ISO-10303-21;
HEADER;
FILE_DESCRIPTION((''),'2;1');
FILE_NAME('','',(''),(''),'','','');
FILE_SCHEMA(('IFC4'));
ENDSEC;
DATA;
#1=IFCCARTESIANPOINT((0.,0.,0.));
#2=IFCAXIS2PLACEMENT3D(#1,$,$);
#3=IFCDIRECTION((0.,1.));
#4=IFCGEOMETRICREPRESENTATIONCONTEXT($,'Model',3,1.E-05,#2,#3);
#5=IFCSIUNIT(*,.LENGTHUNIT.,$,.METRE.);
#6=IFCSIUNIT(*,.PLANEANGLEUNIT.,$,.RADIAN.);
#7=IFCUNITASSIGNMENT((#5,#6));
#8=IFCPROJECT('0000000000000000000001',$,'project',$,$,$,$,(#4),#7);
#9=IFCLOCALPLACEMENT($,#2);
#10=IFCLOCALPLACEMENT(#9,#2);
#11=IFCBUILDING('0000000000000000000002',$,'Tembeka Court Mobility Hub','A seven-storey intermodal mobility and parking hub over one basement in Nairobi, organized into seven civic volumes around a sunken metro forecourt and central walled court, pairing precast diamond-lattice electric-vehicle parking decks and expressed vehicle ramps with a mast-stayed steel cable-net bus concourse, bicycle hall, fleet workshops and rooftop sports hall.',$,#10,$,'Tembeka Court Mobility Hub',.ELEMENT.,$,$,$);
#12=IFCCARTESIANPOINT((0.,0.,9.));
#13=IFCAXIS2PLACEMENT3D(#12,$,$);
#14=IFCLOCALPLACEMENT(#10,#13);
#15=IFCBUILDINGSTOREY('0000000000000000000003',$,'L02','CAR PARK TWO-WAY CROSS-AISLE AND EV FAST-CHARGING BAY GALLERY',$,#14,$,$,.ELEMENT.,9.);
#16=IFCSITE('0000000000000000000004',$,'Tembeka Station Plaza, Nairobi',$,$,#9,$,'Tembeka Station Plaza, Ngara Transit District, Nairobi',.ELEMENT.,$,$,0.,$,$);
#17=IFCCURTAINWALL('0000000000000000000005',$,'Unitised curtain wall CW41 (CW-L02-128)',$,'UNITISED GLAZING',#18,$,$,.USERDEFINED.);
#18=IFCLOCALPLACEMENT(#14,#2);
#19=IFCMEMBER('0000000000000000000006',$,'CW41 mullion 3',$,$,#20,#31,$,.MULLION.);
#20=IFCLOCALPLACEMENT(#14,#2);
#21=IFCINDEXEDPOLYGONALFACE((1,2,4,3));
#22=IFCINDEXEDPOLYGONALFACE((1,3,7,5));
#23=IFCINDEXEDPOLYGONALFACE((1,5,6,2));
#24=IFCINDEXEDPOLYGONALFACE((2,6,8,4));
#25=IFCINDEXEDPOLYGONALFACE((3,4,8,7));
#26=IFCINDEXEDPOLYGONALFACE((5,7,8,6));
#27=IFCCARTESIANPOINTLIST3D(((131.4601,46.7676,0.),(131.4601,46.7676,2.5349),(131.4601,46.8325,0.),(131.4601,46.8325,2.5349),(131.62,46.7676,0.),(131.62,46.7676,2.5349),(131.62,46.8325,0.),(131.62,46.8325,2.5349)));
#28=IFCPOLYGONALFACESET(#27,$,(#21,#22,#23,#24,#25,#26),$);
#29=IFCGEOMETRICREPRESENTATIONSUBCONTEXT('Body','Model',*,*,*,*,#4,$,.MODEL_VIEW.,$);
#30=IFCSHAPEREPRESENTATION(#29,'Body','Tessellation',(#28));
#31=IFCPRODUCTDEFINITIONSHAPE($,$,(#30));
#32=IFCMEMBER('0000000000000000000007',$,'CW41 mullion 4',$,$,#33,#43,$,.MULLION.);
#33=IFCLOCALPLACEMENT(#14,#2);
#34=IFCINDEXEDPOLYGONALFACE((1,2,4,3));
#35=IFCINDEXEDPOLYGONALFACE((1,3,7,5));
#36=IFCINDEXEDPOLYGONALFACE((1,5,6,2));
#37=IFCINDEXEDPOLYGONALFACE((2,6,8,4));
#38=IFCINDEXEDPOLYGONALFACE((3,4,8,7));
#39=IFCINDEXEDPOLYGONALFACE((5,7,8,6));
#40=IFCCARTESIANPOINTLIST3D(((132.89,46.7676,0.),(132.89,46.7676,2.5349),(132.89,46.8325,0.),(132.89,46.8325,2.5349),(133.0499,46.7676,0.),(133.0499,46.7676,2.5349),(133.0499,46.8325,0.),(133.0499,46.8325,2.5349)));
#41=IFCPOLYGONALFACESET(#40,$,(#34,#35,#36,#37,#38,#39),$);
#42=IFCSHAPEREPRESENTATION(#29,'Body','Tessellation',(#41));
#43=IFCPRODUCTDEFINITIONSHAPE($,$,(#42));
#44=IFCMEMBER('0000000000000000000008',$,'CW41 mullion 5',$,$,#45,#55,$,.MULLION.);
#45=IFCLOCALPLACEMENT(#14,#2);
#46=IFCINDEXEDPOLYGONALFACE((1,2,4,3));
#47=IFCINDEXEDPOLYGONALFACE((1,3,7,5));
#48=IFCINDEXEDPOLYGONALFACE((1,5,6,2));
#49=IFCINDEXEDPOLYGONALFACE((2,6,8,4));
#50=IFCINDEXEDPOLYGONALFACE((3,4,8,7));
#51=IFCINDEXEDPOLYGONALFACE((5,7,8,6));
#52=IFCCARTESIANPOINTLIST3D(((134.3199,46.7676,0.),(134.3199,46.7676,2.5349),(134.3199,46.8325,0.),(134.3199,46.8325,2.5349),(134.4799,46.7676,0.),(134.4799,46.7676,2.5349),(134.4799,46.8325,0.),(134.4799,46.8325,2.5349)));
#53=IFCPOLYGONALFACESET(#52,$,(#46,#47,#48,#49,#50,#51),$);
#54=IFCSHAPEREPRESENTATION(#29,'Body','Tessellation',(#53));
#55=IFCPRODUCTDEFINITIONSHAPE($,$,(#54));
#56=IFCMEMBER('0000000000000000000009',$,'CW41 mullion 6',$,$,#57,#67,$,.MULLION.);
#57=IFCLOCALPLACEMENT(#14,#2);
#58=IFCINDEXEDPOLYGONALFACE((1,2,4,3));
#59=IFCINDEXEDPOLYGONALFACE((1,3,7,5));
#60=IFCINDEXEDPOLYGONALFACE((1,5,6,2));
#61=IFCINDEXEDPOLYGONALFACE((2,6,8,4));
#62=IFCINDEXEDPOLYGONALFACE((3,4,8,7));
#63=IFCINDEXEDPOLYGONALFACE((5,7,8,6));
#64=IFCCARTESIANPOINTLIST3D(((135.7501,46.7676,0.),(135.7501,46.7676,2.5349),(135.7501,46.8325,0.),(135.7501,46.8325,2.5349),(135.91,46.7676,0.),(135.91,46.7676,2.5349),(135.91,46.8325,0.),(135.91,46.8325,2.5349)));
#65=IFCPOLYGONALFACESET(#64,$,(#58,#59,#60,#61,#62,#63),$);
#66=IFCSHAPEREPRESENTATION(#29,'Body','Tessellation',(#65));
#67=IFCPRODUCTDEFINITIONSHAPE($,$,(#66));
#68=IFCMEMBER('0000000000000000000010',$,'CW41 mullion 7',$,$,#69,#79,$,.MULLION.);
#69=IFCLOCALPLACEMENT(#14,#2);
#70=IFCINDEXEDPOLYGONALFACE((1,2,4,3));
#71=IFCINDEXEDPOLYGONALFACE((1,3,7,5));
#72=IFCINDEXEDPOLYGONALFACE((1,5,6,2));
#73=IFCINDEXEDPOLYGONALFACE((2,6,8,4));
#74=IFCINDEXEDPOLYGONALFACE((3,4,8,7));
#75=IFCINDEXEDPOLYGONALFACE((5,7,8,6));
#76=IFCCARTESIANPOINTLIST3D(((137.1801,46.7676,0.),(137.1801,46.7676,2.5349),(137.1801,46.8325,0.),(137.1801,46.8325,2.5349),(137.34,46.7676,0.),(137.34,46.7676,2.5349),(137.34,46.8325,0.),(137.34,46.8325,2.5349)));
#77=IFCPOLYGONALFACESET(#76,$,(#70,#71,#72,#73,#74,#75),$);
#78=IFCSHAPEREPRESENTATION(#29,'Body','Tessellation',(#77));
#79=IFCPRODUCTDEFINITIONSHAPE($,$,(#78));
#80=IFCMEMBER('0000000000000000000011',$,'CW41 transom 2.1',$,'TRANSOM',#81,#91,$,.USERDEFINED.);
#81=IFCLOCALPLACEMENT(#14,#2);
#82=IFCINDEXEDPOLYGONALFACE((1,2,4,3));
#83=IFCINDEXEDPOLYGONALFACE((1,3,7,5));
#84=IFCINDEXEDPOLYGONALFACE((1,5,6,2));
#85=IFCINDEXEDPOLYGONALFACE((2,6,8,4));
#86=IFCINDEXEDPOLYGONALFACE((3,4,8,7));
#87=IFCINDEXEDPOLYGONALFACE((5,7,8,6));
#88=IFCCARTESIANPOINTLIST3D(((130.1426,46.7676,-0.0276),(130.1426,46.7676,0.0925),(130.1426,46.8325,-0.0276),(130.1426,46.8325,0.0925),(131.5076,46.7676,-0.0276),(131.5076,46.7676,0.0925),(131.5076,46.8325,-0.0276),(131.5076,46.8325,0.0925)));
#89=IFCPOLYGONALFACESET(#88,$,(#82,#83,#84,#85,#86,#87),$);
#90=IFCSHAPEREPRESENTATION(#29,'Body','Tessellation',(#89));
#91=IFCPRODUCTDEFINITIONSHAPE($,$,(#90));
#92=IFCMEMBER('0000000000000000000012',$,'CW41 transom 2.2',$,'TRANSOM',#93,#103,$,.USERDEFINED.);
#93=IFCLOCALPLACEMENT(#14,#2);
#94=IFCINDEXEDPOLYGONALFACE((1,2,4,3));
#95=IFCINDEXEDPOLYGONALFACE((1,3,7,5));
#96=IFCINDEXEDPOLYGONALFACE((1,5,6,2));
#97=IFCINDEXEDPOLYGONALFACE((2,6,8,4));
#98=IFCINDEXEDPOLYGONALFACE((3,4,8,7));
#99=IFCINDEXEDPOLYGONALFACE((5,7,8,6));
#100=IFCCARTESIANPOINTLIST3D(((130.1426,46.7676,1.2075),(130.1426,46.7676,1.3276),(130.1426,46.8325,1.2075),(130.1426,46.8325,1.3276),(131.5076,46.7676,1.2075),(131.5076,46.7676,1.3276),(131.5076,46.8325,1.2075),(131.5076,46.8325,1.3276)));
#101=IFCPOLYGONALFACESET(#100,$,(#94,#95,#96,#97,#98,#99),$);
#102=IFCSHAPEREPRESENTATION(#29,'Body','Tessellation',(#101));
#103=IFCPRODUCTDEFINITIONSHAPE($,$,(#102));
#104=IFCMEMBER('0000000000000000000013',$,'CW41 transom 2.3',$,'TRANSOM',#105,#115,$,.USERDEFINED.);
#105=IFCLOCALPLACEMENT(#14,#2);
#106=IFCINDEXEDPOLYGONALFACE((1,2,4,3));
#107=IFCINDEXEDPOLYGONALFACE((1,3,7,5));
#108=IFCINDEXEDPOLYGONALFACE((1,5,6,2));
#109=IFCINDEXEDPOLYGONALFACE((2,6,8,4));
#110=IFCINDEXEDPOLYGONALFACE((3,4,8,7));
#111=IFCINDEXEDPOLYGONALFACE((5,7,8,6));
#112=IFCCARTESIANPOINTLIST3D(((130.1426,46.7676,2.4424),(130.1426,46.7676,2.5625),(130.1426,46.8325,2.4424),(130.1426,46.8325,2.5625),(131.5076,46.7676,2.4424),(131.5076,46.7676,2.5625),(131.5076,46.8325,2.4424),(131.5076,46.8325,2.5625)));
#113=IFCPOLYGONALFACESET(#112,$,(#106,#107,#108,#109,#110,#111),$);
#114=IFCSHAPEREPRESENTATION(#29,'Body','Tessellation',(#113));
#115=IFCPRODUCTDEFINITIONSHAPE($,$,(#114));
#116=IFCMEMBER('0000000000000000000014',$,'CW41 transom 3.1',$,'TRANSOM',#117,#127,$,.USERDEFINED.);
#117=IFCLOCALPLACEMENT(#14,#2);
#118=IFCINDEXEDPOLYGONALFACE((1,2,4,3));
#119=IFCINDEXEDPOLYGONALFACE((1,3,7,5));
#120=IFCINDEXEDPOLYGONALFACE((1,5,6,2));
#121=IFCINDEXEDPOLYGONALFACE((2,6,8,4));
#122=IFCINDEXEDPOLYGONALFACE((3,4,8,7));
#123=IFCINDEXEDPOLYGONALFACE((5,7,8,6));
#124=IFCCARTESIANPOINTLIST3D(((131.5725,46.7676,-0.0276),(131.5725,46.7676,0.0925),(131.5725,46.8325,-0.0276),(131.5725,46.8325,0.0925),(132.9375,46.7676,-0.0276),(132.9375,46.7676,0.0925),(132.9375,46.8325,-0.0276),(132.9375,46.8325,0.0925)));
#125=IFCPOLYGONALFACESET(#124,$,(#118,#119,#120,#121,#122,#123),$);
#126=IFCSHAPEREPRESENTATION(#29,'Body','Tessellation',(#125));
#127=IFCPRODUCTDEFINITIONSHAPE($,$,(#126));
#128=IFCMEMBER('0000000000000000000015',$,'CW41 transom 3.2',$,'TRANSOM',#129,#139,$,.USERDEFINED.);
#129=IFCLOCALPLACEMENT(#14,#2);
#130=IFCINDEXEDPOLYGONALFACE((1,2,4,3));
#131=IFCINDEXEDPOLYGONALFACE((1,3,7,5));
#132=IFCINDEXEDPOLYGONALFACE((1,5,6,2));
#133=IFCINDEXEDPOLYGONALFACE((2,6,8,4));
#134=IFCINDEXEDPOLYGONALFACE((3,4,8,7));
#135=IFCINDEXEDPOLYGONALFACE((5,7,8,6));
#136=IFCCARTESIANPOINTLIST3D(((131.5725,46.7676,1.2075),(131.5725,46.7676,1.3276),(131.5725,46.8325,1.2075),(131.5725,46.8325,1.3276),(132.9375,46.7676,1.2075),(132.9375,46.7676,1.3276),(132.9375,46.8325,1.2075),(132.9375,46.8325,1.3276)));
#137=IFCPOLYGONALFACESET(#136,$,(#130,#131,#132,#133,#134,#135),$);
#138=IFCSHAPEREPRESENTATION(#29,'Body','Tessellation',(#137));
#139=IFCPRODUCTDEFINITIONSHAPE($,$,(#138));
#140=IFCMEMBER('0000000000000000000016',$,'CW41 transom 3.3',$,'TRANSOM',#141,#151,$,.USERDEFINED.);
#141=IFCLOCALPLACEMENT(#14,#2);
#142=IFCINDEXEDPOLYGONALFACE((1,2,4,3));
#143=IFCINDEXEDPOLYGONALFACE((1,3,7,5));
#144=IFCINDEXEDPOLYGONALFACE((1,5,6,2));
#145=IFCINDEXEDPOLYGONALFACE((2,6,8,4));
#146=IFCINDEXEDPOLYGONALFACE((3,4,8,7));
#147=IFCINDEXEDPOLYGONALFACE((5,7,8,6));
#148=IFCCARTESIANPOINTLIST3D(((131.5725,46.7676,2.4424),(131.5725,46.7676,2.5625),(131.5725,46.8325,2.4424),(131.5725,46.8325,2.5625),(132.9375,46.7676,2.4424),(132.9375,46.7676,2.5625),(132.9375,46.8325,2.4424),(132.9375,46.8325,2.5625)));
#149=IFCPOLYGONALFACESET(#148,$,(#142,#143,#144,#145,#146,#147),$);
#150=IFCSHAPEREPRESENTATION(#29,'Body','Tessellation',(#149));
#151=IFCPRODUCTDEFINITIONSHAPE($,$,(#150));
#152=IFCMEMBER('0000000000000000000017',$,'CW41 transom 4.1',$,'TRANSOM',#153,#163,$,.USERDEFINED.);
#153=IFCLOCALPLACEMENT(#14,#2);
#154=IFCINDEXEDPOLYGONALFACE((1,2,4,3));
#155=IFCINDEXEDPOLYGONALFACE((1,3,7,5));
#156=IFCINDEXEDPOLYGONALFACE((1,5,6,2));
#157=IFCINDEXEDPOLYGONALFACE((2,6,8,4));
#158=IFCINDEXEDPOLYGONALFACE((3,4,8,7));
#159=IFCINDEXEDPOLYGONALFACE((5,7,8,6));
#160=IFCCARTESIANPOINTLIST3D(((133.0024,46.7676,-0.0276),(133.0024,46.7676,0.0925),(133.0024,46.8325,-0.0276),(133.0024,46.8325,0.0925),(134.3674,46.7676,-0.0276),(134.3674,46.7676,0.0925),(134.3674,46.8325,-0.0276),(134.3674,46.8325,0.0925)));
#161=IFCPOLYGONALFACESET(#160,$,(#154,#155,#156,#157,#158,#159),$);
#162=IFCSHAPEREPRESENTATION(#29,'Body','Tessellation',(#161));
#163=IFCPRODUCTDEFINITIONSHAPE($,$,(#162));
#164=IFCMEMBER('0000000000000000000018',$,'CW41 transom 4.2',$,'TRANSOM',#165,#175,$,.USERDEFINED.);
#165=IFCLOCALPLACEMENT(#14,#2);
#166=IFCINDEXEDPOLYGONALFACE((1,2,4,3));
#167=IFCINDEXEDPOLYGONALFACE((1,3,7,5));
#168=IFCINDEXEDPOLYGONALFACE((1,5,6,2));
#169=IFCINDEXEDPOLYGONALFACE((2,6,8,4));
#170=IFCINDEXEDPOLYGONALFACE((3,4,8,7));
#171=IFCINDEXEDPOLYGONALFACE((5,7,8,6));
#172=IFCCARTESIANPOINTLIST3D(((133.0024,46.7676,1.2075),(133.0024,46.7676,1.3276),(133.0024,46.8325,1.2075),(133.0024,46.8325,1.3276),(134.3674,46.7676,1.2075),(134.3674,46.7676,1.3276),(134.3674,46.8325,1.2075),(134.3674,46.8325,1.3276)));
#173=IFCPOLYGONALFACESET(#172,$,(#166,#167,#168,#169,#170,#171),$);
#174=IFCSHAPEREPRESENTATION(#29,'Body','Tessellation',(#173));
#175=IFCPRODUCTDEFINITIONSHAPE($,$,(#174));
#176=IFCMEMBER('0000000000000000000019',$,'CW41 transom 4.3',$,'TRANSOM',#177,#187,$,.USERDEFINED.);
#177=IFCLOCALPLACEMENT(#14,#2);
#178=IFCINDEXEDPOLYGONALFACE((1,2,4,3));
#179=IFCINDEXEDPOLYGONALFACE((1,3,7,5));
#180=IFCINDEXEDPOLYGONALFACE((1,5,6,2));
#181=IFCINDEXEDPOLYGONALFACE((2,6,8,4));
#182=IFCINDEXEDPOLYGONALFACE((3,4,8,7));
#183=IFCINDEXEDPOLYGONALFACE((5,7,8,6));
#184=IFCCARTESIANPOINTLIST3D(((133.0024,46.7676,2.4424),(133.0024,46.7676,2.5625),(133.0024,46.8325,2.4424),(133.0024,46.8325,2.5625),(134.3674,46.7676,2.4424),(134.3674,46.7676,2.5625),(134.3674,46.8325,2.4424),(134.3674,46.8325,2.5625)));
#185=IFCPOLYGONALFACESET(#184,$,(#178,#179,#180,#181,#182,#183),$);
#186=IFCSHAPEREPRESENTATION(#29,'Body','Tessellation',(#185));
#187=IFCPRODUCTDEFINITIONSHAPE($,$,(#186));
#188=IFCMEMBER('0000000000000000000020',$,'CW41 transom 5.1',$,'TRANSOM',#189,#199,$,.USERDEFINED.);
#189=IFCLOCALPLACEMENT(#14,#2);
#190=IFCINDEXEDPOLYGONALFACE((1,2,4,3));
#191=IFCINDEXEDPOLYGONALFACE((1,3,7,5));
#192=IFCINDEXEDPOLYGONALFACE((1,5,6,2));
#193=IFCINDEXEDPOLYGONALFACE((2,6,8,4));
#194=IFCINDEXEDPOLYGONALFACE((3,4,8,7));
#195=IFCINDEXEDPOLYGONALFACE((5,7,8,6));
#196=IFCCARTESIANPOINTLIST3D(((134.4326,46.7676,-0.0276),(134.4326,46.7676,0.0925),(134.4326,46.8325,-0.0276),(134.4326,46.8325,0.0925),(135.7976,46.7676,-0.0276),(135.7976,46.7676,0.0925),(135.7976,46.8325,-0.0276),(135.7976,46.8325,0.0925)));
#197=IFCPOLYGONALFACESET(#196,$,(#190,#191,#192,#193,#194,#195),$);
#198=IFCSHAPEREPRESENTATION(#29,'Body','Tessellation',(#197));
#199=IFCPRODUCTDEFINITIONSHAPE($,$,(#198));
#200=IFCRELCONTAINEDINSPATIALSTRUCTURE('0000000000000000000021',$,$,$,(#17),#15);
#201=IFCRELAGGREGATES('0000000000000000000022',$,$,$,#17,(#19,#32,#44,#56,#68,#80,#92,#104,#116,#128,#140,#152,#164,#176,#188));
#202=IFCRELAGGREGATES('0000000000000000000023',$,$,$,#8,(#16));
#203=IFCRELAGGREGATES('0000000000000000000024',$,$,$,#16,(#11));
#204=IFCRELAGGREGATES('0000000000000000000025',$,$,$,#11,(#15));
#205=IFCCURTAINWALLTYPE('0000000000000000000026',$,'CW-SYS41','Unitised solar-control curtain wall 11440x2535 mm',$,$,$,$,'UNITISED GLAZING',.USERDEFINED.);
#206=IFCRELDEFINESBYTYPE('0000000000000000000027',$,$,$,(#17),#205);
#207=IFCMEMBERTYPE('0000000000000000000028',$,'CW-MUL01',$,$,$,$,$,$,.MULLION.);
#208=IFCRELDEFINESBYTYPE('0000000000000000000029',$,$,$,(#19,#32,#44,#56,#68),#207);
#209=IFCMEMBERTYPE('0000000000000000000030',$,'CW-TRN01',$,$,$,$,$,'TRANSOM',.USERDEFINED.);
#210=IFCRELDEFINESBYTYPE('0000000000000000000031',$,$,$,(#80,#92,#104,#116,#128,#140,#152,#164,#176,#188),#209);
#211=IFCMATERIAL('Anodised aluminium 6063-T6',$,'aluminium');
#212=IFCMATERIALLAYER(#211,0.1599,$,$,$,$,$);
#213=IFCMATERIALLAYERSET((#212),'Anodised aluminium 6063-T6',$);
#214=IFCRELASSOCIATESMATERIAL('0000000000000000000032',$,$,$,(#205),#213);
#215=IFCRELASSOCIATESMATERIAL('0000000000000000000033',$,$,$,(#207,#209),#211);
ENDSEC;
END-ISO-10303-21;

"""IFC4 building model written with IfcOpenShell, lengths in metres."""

from ifc_helpers import new_model, si_unit, direction, frame, origin, origin_2d, place, context, subcontext, project, spatial, rectangle, extrude, material, layer, layer_set, material_profile, profile_set, type_object, element, aggregate, save


model = new_model("IFC4")

# Units and contexts
model_context = context("Model", 3, precision=1e-05, world=origin(), true_north=direction((0.0, 1.0)))
body_context = subcontext(model_context, "Body", "Model", "MODEL_VIEW")
ifc_project = project(units=[si_unit("LENGTHUNIT", "METRE"), si_unit("PLANEANGLEUNIT", "RADIAN")], contexts=[model_context])

# Site, building, storey
site_placement = place(None, origin())
site = spatial("IfcSite", under=ifc_project, at=site_placement, Name="Tembeka Station Plaza, Nairobi", LongName="Tembeka Station Plaza, Ngara Transit District, Nairobi", CompositionType="ELEMENT", RefElevation=0.0)
building_placement = place(site_placement, origin())
building = spatial("IfcBuilding", under=site, at=building_placement, Name="Tembeka Court Mobility Hub", Description="A seven-storey intermodal mobility and parking hub over one basement in Nairobi, organized into seven civic volumes around a sunken metro forecourt and central walled court, pairing precast diamond-lattice electric-vehicle parking decks and expressed vehicle ramps with a mast-stayed steel cable-net bus concourse, bicycle hall, fleet workshops and rooftop sports hall.", LongName="Tembeka Court Mobility Hub", CompositionType="ELEMENT")
storey_placement = place(building_placement, frame((0.0, 0.0, 9.0)))
storey = spatial("IfcBuildingStorey", under=building, at=storey_placement, Name="L02", Description="CAR PARK TWO-WAY CROSS-AISLE AND EV FAST-CHARGING BAY GALLERY", CompositionType="ELEMENT", Elevation=9.0)

# Curtain wall, members
ifc_material_1 = material(Name="Anodised aluminium 6063-T6", Category="aluminium")
ifc_layer_1 = layer(ifc_material_1, 0.1599)
ifc_layer_set_1 = layer_set([ifc_layer_1], Name="Anodised aluminium 6063-T6")
curtain_wall_type = type_object("IfcCurtainWallType", Name="CW-SYS41", Description="Unitised solar-control curtain wall 11440x2535 mm", ElementType="UNITISED GLAZING", PredefinedType="USERDEFINED", material=ifc_layer_set_1)
curtain_wall_placement = place(storey_placement, origin())
curtain_wall = element("IfcCurtainWall", 1, at=curtain_wall_placement, inside=storey, type_object=curtain_wall_type, Name="Unitised curtain wall CW41 (CW-L02-128)", ObjectType="UNITISED GLAZING", PredefinedType="USERDEFINED")
ifc_material_profile_1 = material_profile(ifc_material_1, rectangle(XDim=0.0649, YDim=0.1599, at=origin_2d()), Name="ALU-MUL 65x160")
ifc_profile_set_1 = profile_set([ifc_material_profile_1], Name="Anodised aluminium 6063-T6")
member_type_1 = type_object("IfcMemberType", Name="CW-MUL01", PredefinedType="MULLION", material=ifc_profile_set_1)
member_1_placement = place(storey_placement, frame((131.54, 46.8, 0.0), z_axis=(0.0, 0.0, 1.0), x_axis=(0.0, 1.0, 0.0)))
member_1 = element("IfcMember", 2, at=member_1_placement, type_object=member_type_1, Name="CW41 mullion 3", PredefinedType="MULLION", context=body_context, shape_type="SweptSolid", body=[
    extrude(rectangle(XDim=0.0649, YDim=0.1599, at=origin_2d()), origin(), (0.0, 0.0, 1.0), 2.5349),
])
member_2_placement = place(storey_placement, frame((132.97, 46.8, 0.0), z_axis=(0.0, 0.0, 1.0), x_axis=(0.0, 1.0, 0.0)))
member_2 = element("IfcMember", 3, at=member_2_placement, type_object=member_type_1, Name="CW41 mullion 4", PredefinedType="MULLION", context=body_context, shape_type="SweptSolid", body=[
    extrude(rectangle(XDim=0.0649, YDim=0.1599, at=origin_2d()), origin(), (0.0, 0.0, 1.0), 2.5349),
])
member_3_placement = place(storey_placement, frame((134.3999, 46.8, 0.0), z_axis=(0.0, 0.0, 1.0), x_axis=(0.0, 1.0, 0.0)))
member_3 = element("IfcMember", 4, at=member_3_placement, type_object=member_type_1, Name="CW41 mullion 5", PredefinedType="MULLION", context=body_context, shape_type="SweptSolid", body=[
    extrude(rectangle(XDim=0.0649, YDim=0.1599, at=origin_2d()), origin(), (0.0, 0.0, 1.0), 2.5349),
])
member_4_placement = place(storey_placement, frame((135.8301, 46.8, 0.0), z_axis=(0.0, 0.0, 1.0), x_axis=(0.0, 1.0, 0.0)))
member_4 = element("IfcMember", 5, at=member_4_placement, type_object=member_type_1, Name="CW41 mullion 6", PredefinedType="MULLION", context=body_context, shape_type="SweptSolid", body=[
    extrude(rectangle(XDim=0.0649, YDim=0.1599, at=origin_2d()), origin(), (0.0, 0.0, 1.0), 2.5349),
])
member_5_placement = place(storey_placement, frame((137.26, 46.8, 0.0), z_axis=(0.0, 0.0, 1.0), x_axis=(0.0, 1.0, 0.0)))
member_5 = element("IfcMember", 6, at=member_5_placement, type_object=member_type_1, Name="CW41 mullion 7", PredefinedType="MULLION", context=body_context, shape_type="SweptSolid", body=[
    extrude(rectangle(XDim=0.0649, YDim=0.1599, at=origin_2d()), origin(), (0.0, 0.0, 1.0), 2.5349),
])
ifc_material_profile_2 = material_profile(ifc_material_1, rectangle(XDim=0.0649, YDim=0.1201, at=origin_2d()), Name="ALU-TRN 65x120")
ifc_profile_set_2 = profile_set([ifc_material_profile_2], Name="Anodised aluminium 6063-T6")
member_type_2 = type_object("IfcMemberType", Name="CW-TRN01", ElementType="TRANSOM", PredefinedType="USERDEFINED", material=ifc_profile_set_2)
member_6_placement = place(storey_placement, frame((130.1426, 46.8, 0.0325), z_axis=(1.0, 0.0, 0.0), x_axis=(0.0, 1.0, 0.0)))
member_6 = element("IfcMember", 7, at=member_6_placement, type_object=member_type_2, Name="CW41 transom 2.1", ObjectType="TRANSOM", PredefinedType="USERDEFINED", context=body_context, shape_type="SweptSolid", body=[
    extrude(rectangle(XDim=0.0649, YDim=0.1201, at=origin_2d()), origin(), (0.0, 0.0, 1.0), 1.365),
])
member_7_placement = place(storey_placement, frame((130.1426, 46.8, 1.2676), z_axis=(1.0, 0.0, 0.0), x_axis=(0.0, 1.0, 0.0)))
member_7 = element("IfcMember", 8, at=member_7_placement, type_object=member_type_2, Name="CW41 transom 2.2", ObjectType="TRANSOM", PredefinedType="USERDEFINED", context=body_context, shape_type="SweptSolid", body=[
    extrude(rectangle(XDim=0.0649, YDim=0.1201, at=origin_2d()), origin(), (0.0, 0.0, 1.0), 1.365),
])
member_8_placement = place(storey_placement, frame((130.1426, 46.8, 2.5024), z_axis=(1.0, 0.0, 0.0), x_axis=(0.0, 1.0, 0.0)))
member_8 = element("IfcMember", 9, at=member_8_placement, type_object=member_type_2, Name="CW41 transom 2.3", ObjectType="TRANSOM", PredefinedType="USERDEFINED", context=body_context, shape_type="SweptSolid", body=[
    extrude(rectangle(XDim=0.0649, YDim=0.1201, at=origin_2d()), origin(), (0.0, 0.0, 1.0), 1.365),
])
member_9_placement = place(storey_placement, frame((131.5725, 46.8, 0.0325), z_axis=(1.0, 0.0, 0.0), x_axis=(0.0, 1.0, 0.0)))
member_9 = element("IfcMember", 10, at=member_9_placement, type_object=member_type_2, Name="CW41 transom 3.1", ObjectType="TRANSOM", PredefinedType="USERDEFINED", context=body_context, shape_type="SweptSolid", body=[
    extrude(rectangle(XDim=0.0649, YDim=0.1201, at=origin_2d()), origin(), (0.0, 0.0, 1.0), 1.365),
])
member_10_placement = place(storey_placement, frame((131.5725, 46.8, 1.2676), z_axis=(1.0, 0.0, 0.0), x_axis=(0.0, 1.0, 0.0)))
member_10 = element("IfcMember", 11, at=member_10_placement, type_object=member_type_2, Name="CW41 transom 3.2", ObjectType="TRANSOM", PredefinedType="USERDEFINED", context=body_context, shape_type="SweptSolid", body=[
    extrude(rectangle(XDim=0.0649, YDim=0.1201, at=origin_2d()), origin(), (0.0, 0.0, 1.0), 1.365),
])
member_11_placement = place(storey_placement, frame((131.5725, 46.8, 2.5024), z_axis=(1.0, 0.0, 0.0), x_axis=(0.0, 1.0, 0.0)))
member_11 = element("IfcMember", 12, at=member_11_placement, type_object=member_type_2, Name="CW41 transom 3.3", ObjectType="TRANSOM", PredefinedType="USERDEFINED", context=body_context, shape_type="SweptSolid", body=[
    extrude(rectangle(XDim=0.0649, YDim=0.1201, at=origin_2d()), origin(), (0.0, 0.0, 1.0), 1.365),
])
member_12_placement = place(storey_placement, frame((133.0024, 46.8, 0.0325), z_axis=(1.0, 0.0, 0.0), x_axis=(0.0, 1.0, 0.0)))
member_12 = element("IfcMember", 13, at=member_12_placement, type_object=member_type_2, Name="CW41 transom 4.1", ObjectType="TRANSOM", PredefinedType="USERDEFINED", context=body_context, shape_type="SweptSolid", body=[
    extrude(rectangle(XDim=0.0649, YDim=0.1201, at=origin_2d()), origin(), (0.0, 0.0, 1.0), 1.365),
])
member_13_placement = place(storey_placement, frame((133.0024, 46.8, 1.2676), z_axis=(1.0, 0.0, 0.0), x_axis=(0.0, 1.0, 0.0)))
member_13 = element("IfcMember", 14, at=member_13_placement, type_object=member_type_2, Name="CW41 transom 4.2", ObjectType="TRANSOM", PredefinedType="USERDEFINED", context=body_context, shape_type="SweptSolid", body=[
    extrude(rectangle(XDim=0.0649, YDim=0.1201, at=origin_2d()), origin(), (0.0, 0.0, 1.0), 1.365),
])
member_14_placement = place(storey_placement, frame((133.0024, 46.8, 2.5024), z_axis=(1.0, 0.0, 0.0), x_axis=(0.0, 1.0, 0.0)))
member_14 = element("IfcMember", 15, at=member_14_placement, type_object=member_type_2, Name="CW41 transom 4.3", ObjectType="TRANSOM", PredefinedType="USERDEFINED", context=body_context, shape_type="SweptSolid", body=[
    extrude(rectangle(XDim=0.0649, YDim=0.1201, at=origin_2d()), origin(), (0.0, 0.0, 1.0), 1.365),
])
member_15_placement = place(storey_placement, frame((134.4326, 46.8, 0.0325), z_axis=(1.0, 0.0, 0.0), x_axis=(0.0, 1.0, 0.0)))
member_15 = element("IfcMember", 16, at=member_15_placement, type_object=member_type_2, Name="CW41 transom 5.1", ObjectType="TRANSOM", PredefinedType="USERDEFINED", context=body_context, shape_type="SweptSolid", body=[
    extrude(rectangle(XDim=0.0649, YDim=0.1201, at=origin_2d()), origin(), (0.0, 0.0, 1.0), 1.365),
])
aggregate(curtain_wall, [member_1, member_2, member_3, member_4, member_5, member_6, member_7, member_8, member_9, member_10, member_11, member_12, member_13, member_14, member_15])

save(model, "model.ifc")
